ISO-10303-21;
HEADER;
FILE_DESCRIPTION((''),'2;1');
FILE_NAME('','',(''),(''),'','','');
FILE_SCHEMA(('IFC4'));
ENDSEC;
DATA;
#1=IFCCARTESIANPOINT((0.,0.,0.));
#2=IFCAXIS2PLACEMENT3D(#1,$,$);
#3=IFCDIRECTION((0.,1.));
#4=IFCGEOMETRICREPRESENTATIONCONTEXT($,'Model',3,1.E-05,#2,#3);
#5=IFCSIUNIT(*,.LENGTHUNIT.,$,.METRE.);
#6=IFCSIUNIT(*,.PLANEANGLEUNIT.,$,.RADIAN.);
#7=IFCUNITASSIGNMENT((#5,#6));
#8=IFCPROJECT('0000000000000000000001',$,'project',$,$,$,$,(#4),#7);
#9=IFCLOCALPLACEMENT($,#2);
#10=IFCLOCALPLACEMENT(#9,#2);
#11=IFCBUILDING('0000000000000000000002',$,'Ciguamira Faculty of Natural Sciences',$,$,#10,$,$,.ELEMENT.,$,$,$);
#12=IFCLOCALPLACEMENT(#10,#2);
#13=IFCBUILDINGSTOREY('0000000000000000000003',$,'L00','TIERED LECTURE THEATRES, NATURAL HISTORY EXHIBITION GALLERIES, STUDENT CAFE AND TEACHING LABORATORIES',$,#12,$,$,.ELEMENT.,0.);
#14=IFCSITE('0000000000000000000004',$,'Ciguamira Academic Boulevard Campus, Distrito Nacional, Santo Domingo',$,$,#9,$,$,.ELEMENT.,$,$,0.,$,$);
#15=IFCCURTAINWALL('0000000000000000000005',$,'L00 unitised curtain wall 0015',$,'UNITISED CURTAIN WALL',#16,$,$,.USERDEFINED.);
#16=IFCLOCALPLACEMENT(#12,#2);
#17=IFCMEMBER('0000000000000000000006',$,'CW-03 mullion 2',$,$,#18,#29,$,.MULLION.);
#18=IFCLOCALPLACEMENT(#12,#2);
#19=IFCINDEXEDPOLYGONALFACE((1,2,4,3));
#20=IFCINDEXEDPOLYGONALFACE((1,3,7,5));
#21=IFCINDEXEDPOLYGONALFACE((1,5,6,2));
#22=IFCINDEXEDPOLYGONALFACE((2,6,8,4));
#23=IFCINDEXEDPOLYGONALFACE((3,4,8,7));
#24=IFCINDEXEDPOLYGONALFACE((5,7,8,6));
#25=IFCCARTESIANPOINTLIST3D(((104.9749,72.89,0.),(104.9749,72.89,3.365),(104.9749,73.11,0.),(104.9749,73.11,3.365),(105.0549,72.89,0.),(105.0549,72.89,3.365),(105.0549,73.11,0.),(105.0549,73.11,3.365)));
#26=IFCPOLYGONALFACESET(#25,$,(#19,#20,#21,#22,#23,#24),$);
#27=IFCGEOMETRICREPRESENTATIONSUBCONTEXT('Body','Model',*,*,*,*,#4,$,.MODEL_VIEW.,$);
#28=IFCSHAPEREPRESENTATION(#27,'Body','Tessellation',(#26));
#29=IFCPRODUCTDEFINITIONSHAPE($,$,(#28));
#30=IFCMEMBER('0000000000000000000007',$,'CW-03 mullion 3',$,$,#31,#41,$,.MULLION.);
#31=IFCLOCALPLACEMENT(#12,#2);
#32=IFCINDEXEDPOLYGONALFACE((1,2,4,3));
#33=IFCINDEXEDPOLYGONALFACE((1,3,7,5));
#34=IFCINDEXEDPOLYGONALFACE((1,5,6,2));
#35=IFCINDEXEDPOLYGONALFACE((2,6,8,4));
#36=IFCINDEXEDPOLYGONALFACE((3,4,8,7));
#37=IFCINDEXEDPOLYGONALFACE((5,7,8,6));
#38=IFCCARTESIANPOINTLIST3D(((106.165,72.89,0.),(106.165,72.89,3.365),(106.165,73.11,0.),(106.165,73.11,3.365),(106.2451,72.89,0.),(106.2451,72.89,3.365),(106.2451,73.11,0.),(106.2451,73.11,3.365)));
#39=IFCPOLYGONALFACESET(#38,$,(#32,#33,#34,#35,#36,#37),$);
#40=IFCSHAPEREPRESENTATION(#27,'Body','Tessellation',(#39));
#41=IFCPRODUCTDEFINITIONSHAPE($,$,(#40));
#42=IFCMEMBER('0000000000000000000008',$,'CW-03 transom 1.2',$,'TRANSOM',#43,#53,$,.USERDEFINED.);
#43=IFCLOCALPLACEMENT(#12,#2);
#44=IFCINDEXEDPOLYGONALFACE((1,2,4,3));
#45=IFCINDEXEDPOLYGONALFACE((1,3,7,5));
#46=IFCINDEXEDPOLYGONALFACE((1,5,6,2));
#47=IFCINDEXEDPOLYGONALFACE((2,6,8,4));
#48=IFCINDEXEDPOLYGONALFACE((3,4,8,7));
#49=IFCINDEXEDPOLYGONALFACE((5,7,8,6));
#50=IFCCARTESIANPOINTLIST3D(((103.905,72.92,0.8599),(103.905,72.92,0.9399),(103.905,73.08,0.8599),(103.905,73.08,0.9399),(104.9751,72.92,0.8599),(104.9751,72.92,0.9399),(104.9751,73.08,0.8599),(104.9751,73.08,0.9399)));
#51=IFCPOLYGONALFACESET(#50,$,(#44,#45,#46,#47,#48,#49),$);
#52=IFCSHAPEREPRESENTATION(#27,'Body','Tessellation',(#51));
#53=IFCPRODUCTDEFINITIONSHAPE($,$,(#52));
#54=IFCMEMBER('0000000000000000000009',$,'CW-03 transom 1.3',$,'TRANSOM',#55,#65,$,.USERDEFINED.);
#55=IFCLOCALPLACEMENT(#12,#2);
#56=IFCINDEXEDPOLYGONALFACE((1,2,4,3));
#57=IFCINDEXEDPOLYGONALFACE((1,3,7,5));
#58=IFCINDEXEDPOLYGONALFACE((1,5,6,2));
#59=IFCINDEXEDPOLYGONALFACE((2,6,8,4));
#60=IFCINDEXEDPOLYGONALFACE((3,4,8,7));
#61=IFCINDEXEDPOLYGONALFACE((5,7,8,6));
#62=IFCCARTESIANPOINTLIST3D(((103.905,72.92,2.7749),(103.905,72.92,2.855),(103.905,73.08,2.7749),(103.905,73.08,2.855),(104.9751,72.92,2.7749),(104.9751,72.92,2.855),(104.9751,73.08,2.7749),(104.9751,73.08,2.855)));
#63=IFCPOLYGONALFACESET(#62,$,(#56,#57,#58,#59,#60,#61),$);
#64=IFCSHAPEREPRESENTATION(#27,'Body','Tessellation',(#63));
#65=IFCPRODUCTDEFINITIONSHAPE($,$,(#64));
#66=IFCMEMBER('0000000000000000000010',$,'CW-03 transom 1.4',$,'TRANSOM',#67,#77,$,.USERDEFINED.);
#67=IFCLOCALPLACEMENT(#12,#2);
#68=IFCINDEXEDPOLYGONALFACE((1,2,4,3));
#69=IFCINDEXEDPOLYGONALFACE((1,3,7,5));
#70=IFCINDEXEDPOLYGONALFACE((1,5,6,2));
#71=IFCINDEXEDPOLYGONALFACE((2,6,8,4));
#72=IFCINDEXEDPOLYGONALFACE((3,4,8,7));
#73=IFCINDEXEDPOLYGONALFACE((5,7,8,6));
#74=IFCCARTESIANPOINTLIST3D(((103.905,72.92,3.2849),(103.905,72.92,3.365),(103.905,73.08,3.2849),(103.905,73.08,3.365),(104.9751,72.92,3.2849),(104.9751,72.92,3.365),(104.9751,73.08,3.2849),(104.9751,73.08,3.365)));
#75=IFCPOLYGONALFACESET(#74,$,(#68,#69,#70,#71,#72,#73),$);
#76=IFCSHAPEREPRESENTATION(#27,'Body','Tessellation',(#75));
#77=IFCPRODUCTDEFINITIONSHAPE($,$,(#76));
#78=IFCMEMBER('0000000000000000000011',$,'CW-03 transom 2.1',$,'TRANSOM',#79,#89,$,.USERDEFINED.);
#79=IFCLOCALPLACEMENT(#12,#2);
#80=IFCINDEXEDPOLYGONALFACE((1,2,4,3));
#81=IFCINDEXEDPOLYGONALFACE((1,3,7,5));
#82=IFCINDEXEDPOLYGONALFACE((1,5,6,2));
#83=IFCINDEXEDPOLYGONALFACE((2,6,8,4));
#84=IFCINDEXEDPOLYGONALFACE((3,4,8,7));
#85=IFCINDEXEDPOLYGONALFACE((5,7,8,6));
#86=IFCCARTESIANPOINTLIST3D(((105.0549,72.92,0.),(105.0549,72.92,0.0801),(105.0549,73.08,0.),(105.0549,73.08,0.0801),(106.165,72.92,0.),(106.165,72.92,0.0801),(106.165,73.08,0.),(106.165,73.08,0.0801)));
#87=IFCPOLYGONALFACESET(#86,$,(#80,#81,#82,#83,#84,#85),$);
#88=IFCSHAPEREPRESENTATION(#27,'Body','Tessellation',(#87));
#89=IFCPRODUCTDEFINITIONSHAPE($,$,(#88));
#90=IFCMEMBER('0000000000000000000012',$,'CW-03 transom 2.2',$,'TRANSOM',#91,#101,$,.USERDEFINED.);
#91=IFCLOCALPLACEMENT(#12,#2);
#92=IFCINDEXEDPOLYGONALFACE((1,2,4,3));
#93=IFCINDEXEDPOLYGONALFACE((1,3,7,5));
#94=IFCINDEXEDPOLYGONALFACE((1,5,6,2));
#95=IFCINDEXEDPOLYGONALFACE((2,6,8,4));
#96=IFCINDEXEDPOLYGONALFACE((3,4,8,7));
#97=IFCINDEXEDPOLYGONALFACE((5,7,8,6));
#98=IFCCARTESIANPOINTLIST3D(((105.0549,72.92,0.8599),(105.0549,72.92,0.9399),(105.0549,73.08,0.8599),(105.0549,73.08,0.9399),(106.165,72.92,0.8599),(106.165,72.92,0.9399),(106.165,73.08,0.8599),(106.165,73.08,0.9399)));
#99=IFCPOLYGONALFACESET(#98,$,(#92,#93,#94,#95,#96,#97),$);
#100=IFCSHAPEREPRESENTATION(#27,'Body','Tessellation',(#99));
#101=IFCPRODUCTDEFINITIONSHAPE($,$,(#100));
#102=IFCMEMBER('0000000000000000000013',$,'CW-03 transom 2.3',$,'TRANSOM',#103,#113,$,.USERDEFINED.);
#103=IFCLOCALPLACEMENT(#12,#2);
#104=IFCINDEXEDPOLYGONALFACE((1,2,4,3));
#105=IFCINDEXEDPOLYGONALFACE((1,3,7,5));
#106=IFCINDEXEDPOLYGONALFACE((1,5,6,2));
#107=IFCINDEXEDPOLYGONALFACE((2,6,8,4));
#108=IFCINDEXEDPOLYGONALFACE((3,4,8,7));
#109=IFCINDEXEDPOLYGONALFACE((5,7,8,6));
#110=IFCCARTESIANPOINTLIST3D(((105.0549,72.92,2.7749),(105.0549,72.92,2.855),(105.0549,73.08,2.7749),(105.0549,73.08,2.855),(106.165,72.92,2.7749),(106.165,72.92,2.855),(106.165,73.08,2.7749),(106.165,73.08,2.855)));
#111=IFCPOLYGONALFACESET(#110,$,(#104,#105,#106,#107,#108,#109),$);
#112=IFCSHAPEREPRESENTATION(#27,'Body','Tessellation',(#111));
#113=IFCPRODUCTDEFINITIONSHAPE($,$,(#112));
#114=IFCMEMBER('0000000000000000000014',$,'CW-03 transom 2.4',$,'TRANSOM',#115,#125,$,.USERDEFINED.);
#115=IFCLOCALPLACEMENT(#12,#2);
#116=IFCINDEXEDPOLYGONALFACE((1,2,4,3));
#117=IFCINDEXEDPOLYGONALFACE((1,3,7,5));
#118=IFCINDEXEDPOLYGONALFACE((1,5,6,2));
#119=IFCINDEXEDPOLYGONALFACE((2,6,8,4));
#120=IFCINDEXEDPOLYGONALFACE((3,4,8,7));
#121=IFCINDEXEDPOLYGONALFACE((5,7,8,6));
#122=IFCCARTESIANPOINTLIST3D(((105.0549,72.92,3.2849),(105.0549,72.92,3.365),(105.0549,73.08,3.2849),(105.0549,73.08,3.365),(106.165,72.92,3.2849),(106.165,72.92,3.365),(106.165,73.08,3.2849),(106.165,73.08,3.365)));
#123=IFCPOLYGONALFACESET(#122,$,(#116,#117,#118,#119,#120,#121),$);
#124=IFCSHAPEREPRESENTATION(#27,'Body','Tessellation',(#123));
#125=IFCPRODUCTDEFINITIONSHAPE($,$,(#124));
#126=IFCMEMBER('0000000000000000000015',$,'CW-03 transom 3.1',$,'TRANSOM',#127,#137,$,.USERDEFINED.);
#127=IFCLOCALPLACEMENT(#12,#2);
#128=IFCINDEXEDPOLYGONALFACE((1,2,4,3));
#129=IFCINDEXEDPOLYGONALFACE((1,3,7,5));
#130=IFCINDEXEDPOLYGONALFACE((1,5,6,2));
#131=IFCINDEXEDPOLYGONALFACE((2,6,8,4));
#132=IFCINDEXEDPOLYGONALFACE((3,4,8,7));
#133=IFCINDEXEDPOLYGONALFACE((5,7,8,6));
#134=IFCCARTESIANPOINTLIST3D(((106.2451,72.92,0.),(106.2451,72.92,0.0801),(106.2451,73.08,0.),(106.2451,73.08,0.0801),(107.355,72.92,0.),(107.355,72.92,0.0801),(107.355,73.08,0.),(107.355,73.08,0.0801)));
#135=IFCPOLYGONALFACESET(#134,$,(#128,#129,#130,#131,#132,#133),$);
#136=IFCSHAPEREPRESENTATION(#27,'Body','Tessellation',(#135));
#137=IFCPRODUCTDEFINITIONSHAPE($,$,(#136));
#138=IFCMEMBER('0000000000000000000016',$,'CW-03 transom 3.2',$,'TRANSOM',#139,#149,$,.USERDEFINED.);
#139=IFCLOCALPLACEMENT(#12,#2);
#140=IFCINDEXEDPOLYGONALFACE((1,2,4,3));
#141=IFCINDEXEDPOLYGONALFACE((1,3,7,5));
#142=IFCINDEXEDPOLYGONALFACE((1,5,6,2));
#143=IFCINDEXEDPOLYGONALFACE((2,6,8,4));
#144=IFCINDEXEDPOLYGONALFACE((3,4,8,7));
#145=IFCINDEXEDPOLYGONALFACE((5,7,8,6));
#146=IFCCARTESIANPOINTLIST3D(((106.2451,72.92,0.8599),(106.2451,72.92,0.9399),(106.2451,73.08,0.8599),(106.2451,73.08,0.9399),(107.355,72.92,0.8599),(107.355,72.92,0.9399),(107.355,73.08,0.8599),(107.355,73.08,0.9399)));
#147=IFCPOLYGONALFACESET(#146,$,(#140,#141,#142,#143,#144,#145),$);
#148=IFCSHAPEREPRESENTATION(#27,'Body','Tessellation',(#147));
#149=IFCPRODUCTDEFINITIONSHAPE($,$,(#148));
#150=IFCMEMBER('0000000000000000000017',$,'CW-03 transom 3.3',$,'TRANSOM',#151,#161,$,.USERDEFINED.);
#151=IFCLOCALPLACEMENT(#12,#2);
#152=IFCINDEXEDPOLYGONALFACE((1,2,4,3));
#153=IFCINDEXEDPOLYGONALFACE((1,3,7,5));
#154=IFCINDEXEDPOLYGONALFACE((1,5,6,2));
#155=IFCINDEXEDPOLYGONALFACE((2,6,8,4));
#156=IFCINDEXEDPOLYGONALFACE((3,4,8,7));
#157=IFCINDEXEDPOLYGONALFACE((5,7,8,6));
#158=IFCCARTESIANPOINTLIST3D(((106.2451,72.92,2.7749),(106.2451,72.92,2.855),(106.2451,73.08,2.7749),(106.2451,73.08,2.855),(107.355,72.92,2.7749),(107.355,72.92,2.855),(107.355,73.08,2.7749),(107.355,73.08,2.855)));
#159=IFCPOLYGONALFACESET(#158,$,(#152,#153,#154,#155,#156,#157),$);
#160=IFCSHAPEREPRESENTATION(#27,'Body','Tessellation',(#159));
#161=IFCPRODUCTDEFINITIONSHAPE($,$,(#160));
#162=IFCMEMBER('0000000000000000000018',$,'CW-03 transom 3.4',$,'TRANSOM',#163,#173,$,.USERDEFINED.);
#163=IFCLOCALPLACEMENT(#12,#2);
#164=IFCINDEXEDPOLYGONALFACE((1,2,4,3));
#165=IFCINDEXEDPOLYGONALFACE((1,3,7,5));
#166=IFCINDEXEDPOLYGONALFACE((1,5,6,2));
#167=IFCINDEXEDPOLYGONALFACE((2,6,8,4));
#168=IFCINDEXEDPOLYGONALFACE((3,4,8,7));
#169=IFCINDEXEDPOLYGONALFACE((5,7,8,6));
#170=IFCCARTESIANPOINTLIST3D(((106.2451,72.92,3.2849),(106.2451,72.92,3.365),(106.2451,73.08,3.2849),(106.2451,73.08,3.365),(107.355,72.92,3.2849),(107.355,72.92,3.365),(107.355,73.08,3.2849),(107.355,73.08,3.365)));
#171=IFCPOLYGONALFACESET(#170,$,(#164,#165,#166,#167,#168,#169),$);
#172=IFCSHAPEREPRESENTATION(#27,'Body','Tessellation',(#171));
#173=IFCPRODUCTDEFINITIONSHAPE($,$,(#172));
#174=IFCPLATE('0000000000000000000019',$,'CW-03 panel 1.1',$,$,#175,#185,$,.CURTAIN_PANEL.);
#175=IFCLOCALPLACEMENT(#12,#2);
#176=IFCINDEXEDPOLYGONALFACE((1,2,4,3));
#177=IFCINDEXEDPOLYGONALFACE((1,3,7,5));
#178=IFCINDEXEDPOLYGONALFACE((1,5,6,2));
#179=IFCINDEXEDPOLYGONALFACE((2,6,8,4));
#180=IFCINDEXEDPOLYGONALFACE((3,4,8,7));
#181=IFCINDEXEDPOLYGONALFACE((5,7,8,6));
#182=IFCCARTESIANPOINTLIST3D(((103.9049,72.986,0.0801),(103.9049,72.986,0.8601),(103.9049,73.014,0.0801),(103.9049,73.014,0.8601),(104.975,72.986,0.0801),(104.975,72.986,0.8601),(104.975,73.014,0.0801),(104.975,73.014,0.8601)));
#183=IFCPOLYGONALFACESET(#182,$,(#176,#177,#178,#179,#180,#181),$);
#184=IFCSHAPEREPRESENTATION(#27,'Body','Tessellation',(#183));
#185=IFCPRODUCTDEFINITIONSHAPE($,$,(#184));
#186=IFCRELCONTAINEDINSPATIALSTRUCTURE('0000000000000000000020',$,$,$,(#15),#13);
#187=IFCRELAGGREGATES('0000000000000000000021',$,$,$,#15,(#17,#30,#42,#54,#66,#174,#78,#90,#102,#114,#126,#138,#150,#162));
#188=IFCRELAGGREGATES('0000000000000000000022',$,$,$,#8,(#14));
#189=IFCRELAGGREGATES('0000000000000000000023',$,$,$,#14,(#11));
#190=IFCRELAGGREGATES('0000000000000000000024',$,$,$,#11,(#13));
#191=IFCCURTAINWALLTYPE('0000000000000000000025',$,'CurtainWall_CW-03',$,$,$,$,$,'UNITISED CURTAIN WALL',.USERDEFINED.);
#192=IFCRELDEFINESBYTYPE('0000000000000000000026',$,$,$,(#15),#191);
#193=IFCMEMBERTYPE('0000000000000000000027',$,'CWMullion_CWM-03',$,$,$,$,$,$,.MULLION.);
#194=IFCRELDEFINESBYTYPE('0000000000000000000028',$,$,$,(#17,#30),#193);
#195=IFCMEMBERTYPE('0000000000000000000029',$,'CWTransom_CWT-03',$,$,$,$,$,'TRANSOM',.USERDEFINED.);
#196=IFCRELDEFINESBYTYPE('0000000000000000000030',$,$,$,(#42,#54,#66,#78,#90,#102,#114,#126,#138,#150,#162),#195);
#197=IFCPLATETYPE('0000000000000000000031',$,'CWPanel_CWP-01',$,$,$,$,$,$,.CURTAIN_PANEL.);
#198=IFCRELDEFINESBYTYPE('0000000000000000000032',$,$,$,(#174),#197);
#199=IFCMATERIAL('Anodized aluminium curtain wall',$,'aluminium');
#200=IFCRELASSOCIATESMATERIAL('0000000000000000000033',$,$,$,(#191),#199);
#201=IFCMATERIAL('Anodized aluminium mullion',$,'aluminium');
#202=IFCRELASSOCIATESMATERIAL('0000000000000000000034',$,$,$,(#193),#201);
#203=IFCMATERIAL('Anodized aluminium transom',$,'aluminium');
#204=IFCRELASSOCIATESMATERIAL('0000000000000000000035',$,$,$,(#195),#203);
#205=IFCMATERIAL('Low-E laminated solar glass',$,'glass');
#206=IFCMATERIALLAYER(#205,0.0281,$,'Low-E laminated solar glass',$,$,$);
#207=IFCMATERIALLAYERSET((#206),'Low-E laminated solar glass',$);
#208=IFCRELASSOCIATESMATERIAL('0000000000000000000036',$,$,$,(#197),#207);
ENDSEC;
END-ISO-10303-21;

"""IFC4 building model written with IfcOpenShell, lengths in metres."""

from ifc_helpers import new_model, si_unit, direction, frame, origin, origin_2d, place, context, subcontext, project, spatial, rectangle, extrude, material, layer, layer_set, material_profile, profile_set, type_object, element, aggregate, save


model = new_model("IFC4")

# Units and contexts
model_context = context("Model", 3, precision=1e-05, world=origin(), true_north=direction((0.0, 1.0)))
body_context = subcontext(model_context, "Body", "Model", "MODEL_VIEW")
ifc_project = project(units=[si_unit("LENGTHUNIT", "METRE"), si_unit("PLANEANGLEUNIT", "RADIAN")], contexts=[model_context])

# Site, building, storey
site_placement = place(None, origin())
site = spatial("IfcSite", under=ifc_project, at=site_placement, Name="Ciguamira Academic Boulevard Campus, Distrito Nacional, Santo Domingo", CompositionType="ELEMENT", RefElevation=0.0)
building_placement = place(site_placement, origin())
building = spatial("IfcBuilding", under=site, at=building_placement, Name="Ciguamira Faculty of Natural Sciences", CompositionType="ELEMENT")
storey_placement = place(building_placement, origin())
storey = spatial("IfcBuildingStorey", under=building, at=storey_placement, Name="L00", Description="TIERED LECTURE THEATRES, NATURAL HISTORY EXHIBITION GALLERIES, STUDENT CAFE AND TEACHING LABORATORIES", CompositionType="ELEMENT", Elevation=0.0)

# Curtain wall, members, plate
ifc_material_1 = material(Name="Anodized aluminium curtain wall", Category="aluminium")
curtain_wall_type = type_object("IfcCurtainWallType", Name="CurtainWall_CW-03", ElementType="UNITISED CURTAIN WALL", PredefinedType="USERDEFINED", material=ifc_material_1)
curtain_wall_placement = place(storey_placement, origin())
curtain_wall = element("IfcCurtainWall", 1, at=curtain_wall_placement, inside=storey, type_object=curtain_wall_type, Name="L00 unitised curtain wall 0015", ObjectType="UNITISED CURTAIN WALL", PredefinedType="USERDEFINED")
ifc_material_2 = material(Name="Anodized aluminium mullion", Category="aluminium")
ifc_material_profile_1 = material_profile(ifc_material_2, rectangle(XDim=0.0801, YDim=0.22, at=origin_2d()), Name="ALU-MUL-80X220")
ifc_profile_set_1 = profile_set([ifc_material_profile_1], Name="Anodized aluminium mullion")
member_type_1 = type_object("IfcMemberType", Name="CWMullion_CWM-03", PredefinedType="MULLION", material=ifc_profile_set_1)
member_1_placement = place(storey_placement, frame((105.0149, 73.0, 0.0), z_axis=(0.0, 0.0, 1.0), x_axis=(1.0, 0.0, 0.0)))
member_1 = element("IfcMember", 2, at=member_1_placement, type_object=member_type_1, Name="CW-03 mullion 2", PredefinedType="MULLION", context=body_context, shape_type="SweptSolid", body=[
    extrude(rectangle(XDim=0.0801, YDim=0.22, at=origin_2d()), origin(), (0.0, 0.0, 1.0), 3.365),
])
member_2_placement = place(storey_placement, frame((106.2051, 73.0, 0.0), z_axis=(0.0, 0.0, 1.0), x_axis=(1.0, 0.0, 0.0)))
member_2 = element("IfcMember", 3, at=member_2_placement, type_object=member_type_1, Name="CW-03 mullion 3", PredefinedType="MULLION", context=body_context, shape_type="SweptSolid", body=[
    extrude(rectangle(XDim=0.0801, YDim=0.22, at=origin_2d()), origin(), (0.0, 0.0, 1.0), 3.365),
])
ifc_material_3 = material(Name="Anodized aluminium transom", Category="aluminium")
ifc_material_profile_2 = material_profile(ifc_material_3, rectangle(XDim=0.0801, YDim=0.1599, at=origin_2d()), Name="ALU-TRN-80X160")
ifc_profile_set_2 = profile_set([ifc_material_profile_2], Name="Anodized aluminium transom")
member_type_2 = type_object("IfcMemberType", Name="CWTransom_CWT-03", ElementType="TRANSOM", PredefinedType="USERDEFINED", material=ifc_profile_set_2)
member_3_placement = place(storey_placement, frame((103.905, 73.0, 0.8999), z_axis=(1.0, 0.0, 0.0), x_axis=(0.0, 0.0, 1.0)))
member_3 = element("IfcMember", 4, at=member_3_placement, type_object=member_type_2, Name="CW-03 transom 1.2", ObjectType="TRANSOM", PredefinedType="USERDEFINED", context=body_context, shape_type="SweptSolid", body=[
    extrude(rectangle(XDim=0.0801, YDim=0.1599, at=origin_2d()), origin(), (0.0, 0.0, 1.0), 1.0701),
])
member_4_placement = place(storey_placement, frame((103.905, 73.0, 2.8149), z_axis=(1.0, 0.0, 0.0), x_axis=(0.0, 0.0, 1.0)))
member_4 = element("IfcMember", 5, at=member_4_placement, type_object=member_type_2, Name="CW-03 transom 1.3", ObjectType="TRANSOM", PredefinedType="USERDEFINED", context=body_context, shape_type="SweptSolid", body=[
    extrude(rectangle(XDim=0.0801, YDim=0.1599, at=origin_2d()), origin(), (0.0, 0.0, 1.0), 1.0701),
])
member_5_placement = place(storey_placement, frame((103.905, 73.0, 3.325), z_axis=(1.0, 0.0, 0.0), x_axis=(0.0, 0.0, 1.0)))
member_5 = element("IfcMember", 6, at=member_5_placement, type_object=member_type_2, Name="CW-03 transom 1.4", ObjectType="TRANSOM", PredefinedType="USERDEFINED", context=body_context, shape_type="SweptSolid", body=[
    extrude(rectangle(XDim=0.0801, YDim=0.1599, at=origin_2d()), origin(), (0.0, 0.0, 1.0), 1.0701),
])
member_6_placement = place(storey_placement, frame((105.0549, 73.0, 0.04), z_axis=(1.0, 0.0, 0.0), x_axis=(0.0, 0.0, 1.0)))
member_6 = element("IfcMember", 7, at=member_6_placement, type_object=member_type_2, Name="CW-03 transom 2.1", ObjectType="TRANSOM", PredefinedType="USERDEFINED", context=body_context, shape_type="SweptSolid", body=[
    extrude(rectangle(XDim=0.0801, YDim=0.1599, at=origin_2d()), origin(), (0.0, 0.0, 1.0), 1.1101),
])
member_7_placement = place(storey_placement, frame((105.0549, 73.0, 0.8999), z_axis=(1.0, 0.0, 0.0), x_axis=(0.0, 0.0, 1.0)))
member_7 = element("IfcMember", 8, at=member_7_placement, type_object=member_type_2, Name="CW-03 transom 2.2", ObjectType="TRANSOM", PredefinedType="USERDEFINED", context=body_context, shape_type="SweptSolid", body=[
    extrude(rectangle(XDim=0.0801, YDim=0.1599, at=origin_2d()), origin(), (0.0, 0.0, 1.0), 1.1101),
])
member_8_placement = place(storey_placement, frame((105.0549, 73.0, 2.8149), z_axis=(1.0, 0.0, 0.0), x_axis=(0.0, 0.0, 1.0)))
member_8 = element("IfcMember", 9, at=member_8_placement, type_object=member_type_2, Name="CW-03 transom 2.3", ObjectType="TRANSOM", PredefinedType="USERDEFINED", context=body_context, shape_type="SweptSolid", body=[
    extrude(rectangle(XDim=0.0801, YDim=0.1599, at=origin_2d()), origin(), (0.0, 0.0, 1.0), 1.1101),
])
member_9_placement = place(storey_placement, frame((105.0549, 73.0, 3.325), z_axis=(1.0, 0.0, 0.0), x_axis=(0.0, 0.0, 1.0)))
member_9 = element("IfcMember", 10, at=member_9_placement, type_object=member_type_2, Name="CW-03 transom 2.4", ObjectType="TRANSOM", PredefinedType="USERDEFINED", context=body_context, shape_type="SweptSolid", body=[
    extrude(rectangle(XDim=0.0801, YDim=0.1599, at=origin_2d()), origin(), (0.0, 0.0, 1.0), 1.1101),
])
member_10_placement = place(storey_placement, frame((106.2451, 73.0, 0.04), z_axis=(1.0, 0.0, 0.0), x_axis=(0.0, 0.0, 1.0)))
member_10 = element("IfcMember", 11, at=member_10_placement, type_object=member_type_2, Name="CW-03 transom 3.1", ObjectType="TRANSOM", PredefinedType="USERDEFINED", context=body_context, shape_type="SweptSolid", body=[
    extrude(rectangle(XDim=0.0801, YDim=0.1599, at=origin_2d()), origin(), (0.0, 0.0, 1.0), 1.1099),
])
member_11_placement = place(storey_placement, frame((106.2451, 73.0, 0.8999), z_axis=(1.0, 0.0, 0.0), x_axis=(0.0, 0.0, 1.0)))
member_11 = element("IfcMember", 12, at=member_11_placement, type_object=member_type_2, Name="CW-03 transom 3.2", ObjectType="TRANSOM", PredefinedType="USERDEFINED", context=body_context, shape_type="SweptSolid", body=[
    extrude(rectangle(XDim=0.0801, YDim=0.1599, at=origin_2d()), origin(), (0.0, 0.0, 1.0), 1.1099),
])
member_12_placement = place(storey_placement, frame((106.2451, 73.0, 2.8149), z_axis=(1.0, 0.0, 0.0), x_axis=(0.0, 0.0, 1.0)))
member_12 = element("IfcMember", 13, at=member_12_placement, type_object=member_type_2, Name="CW-03 transom 3.3", ObjectType="TRANSOM", PredefinedType="USERDEFINED", context=body_context, shape_type="SweptSolid", body=[
    extrude(rectangle(XDim=0.0801, YDim=0.1599, at=origin_2d()), origin(), (0.0, 0.0, 1.0), 1.1099),
])
member_13_placement = place(storey_placement, frame((106.2451, 73.0, 3.325), z_axis=(1.0, 0.0, 0.0), x_axis=(0.0, 0.0, 1.0)))
member_13 = element("IfcMember", 14, at=member_13_placement, type_object=member_type_2, Name="CW-03 transom 3.4", ObjectType="TRANSOM", PredefinedType="USERDEFINED", context=body_context, shape_type="SweptSolid", body=[
    extrude(rectangle(XDim=0.0801, YDim=0.1599, at=origin_2d()), origin(), (0.0, 0.0, 1.0), 1.1099),
])
ifc_material_4 = material(Name="Low-E laminated solar glass", Category="glass")
ifc_layer = layer(ifc_material_4, 0.0281, Name="Low-E laminated solar glass")
ifc_layer_set = layer_set([ifc_layer], Name="Low-E laminated solar glass")
plate_type = type_object("IfcPlateType", Name="CWPanel_CWP-01", PredefinedType="CURTAIN_PANEL", material=ifc_layer_set)
plate_1_placement = place(storey_placement, frame((104.4399, 73.0, 0.0801), z_axis=(0.0, 0.0, 1.0), x_axis=(1.0, 0.0, 0.0)))
plate_1 = element("IfcPlate", 15, at=plate_1_placement, type_object=plate_type, Name="CW-03 panel 1.1", PredefinedType="CURTAIN_PANEL", context=body_context, shape_type="SweptSolid", body=[
    extrude(rectangle(XDim=1.0701, YDim=0.0281, at=origin_2d()), origin(), (0.0, 0.0, 1.0), 0.78),
])
aggregate(curtain_wall, [member_1, member_2, member_3, member_4, member_5, plate_1, member_6, member_7, member_8, member_9, member_10, member_11, member_12, member_13])

save(model, "model.ifc")
